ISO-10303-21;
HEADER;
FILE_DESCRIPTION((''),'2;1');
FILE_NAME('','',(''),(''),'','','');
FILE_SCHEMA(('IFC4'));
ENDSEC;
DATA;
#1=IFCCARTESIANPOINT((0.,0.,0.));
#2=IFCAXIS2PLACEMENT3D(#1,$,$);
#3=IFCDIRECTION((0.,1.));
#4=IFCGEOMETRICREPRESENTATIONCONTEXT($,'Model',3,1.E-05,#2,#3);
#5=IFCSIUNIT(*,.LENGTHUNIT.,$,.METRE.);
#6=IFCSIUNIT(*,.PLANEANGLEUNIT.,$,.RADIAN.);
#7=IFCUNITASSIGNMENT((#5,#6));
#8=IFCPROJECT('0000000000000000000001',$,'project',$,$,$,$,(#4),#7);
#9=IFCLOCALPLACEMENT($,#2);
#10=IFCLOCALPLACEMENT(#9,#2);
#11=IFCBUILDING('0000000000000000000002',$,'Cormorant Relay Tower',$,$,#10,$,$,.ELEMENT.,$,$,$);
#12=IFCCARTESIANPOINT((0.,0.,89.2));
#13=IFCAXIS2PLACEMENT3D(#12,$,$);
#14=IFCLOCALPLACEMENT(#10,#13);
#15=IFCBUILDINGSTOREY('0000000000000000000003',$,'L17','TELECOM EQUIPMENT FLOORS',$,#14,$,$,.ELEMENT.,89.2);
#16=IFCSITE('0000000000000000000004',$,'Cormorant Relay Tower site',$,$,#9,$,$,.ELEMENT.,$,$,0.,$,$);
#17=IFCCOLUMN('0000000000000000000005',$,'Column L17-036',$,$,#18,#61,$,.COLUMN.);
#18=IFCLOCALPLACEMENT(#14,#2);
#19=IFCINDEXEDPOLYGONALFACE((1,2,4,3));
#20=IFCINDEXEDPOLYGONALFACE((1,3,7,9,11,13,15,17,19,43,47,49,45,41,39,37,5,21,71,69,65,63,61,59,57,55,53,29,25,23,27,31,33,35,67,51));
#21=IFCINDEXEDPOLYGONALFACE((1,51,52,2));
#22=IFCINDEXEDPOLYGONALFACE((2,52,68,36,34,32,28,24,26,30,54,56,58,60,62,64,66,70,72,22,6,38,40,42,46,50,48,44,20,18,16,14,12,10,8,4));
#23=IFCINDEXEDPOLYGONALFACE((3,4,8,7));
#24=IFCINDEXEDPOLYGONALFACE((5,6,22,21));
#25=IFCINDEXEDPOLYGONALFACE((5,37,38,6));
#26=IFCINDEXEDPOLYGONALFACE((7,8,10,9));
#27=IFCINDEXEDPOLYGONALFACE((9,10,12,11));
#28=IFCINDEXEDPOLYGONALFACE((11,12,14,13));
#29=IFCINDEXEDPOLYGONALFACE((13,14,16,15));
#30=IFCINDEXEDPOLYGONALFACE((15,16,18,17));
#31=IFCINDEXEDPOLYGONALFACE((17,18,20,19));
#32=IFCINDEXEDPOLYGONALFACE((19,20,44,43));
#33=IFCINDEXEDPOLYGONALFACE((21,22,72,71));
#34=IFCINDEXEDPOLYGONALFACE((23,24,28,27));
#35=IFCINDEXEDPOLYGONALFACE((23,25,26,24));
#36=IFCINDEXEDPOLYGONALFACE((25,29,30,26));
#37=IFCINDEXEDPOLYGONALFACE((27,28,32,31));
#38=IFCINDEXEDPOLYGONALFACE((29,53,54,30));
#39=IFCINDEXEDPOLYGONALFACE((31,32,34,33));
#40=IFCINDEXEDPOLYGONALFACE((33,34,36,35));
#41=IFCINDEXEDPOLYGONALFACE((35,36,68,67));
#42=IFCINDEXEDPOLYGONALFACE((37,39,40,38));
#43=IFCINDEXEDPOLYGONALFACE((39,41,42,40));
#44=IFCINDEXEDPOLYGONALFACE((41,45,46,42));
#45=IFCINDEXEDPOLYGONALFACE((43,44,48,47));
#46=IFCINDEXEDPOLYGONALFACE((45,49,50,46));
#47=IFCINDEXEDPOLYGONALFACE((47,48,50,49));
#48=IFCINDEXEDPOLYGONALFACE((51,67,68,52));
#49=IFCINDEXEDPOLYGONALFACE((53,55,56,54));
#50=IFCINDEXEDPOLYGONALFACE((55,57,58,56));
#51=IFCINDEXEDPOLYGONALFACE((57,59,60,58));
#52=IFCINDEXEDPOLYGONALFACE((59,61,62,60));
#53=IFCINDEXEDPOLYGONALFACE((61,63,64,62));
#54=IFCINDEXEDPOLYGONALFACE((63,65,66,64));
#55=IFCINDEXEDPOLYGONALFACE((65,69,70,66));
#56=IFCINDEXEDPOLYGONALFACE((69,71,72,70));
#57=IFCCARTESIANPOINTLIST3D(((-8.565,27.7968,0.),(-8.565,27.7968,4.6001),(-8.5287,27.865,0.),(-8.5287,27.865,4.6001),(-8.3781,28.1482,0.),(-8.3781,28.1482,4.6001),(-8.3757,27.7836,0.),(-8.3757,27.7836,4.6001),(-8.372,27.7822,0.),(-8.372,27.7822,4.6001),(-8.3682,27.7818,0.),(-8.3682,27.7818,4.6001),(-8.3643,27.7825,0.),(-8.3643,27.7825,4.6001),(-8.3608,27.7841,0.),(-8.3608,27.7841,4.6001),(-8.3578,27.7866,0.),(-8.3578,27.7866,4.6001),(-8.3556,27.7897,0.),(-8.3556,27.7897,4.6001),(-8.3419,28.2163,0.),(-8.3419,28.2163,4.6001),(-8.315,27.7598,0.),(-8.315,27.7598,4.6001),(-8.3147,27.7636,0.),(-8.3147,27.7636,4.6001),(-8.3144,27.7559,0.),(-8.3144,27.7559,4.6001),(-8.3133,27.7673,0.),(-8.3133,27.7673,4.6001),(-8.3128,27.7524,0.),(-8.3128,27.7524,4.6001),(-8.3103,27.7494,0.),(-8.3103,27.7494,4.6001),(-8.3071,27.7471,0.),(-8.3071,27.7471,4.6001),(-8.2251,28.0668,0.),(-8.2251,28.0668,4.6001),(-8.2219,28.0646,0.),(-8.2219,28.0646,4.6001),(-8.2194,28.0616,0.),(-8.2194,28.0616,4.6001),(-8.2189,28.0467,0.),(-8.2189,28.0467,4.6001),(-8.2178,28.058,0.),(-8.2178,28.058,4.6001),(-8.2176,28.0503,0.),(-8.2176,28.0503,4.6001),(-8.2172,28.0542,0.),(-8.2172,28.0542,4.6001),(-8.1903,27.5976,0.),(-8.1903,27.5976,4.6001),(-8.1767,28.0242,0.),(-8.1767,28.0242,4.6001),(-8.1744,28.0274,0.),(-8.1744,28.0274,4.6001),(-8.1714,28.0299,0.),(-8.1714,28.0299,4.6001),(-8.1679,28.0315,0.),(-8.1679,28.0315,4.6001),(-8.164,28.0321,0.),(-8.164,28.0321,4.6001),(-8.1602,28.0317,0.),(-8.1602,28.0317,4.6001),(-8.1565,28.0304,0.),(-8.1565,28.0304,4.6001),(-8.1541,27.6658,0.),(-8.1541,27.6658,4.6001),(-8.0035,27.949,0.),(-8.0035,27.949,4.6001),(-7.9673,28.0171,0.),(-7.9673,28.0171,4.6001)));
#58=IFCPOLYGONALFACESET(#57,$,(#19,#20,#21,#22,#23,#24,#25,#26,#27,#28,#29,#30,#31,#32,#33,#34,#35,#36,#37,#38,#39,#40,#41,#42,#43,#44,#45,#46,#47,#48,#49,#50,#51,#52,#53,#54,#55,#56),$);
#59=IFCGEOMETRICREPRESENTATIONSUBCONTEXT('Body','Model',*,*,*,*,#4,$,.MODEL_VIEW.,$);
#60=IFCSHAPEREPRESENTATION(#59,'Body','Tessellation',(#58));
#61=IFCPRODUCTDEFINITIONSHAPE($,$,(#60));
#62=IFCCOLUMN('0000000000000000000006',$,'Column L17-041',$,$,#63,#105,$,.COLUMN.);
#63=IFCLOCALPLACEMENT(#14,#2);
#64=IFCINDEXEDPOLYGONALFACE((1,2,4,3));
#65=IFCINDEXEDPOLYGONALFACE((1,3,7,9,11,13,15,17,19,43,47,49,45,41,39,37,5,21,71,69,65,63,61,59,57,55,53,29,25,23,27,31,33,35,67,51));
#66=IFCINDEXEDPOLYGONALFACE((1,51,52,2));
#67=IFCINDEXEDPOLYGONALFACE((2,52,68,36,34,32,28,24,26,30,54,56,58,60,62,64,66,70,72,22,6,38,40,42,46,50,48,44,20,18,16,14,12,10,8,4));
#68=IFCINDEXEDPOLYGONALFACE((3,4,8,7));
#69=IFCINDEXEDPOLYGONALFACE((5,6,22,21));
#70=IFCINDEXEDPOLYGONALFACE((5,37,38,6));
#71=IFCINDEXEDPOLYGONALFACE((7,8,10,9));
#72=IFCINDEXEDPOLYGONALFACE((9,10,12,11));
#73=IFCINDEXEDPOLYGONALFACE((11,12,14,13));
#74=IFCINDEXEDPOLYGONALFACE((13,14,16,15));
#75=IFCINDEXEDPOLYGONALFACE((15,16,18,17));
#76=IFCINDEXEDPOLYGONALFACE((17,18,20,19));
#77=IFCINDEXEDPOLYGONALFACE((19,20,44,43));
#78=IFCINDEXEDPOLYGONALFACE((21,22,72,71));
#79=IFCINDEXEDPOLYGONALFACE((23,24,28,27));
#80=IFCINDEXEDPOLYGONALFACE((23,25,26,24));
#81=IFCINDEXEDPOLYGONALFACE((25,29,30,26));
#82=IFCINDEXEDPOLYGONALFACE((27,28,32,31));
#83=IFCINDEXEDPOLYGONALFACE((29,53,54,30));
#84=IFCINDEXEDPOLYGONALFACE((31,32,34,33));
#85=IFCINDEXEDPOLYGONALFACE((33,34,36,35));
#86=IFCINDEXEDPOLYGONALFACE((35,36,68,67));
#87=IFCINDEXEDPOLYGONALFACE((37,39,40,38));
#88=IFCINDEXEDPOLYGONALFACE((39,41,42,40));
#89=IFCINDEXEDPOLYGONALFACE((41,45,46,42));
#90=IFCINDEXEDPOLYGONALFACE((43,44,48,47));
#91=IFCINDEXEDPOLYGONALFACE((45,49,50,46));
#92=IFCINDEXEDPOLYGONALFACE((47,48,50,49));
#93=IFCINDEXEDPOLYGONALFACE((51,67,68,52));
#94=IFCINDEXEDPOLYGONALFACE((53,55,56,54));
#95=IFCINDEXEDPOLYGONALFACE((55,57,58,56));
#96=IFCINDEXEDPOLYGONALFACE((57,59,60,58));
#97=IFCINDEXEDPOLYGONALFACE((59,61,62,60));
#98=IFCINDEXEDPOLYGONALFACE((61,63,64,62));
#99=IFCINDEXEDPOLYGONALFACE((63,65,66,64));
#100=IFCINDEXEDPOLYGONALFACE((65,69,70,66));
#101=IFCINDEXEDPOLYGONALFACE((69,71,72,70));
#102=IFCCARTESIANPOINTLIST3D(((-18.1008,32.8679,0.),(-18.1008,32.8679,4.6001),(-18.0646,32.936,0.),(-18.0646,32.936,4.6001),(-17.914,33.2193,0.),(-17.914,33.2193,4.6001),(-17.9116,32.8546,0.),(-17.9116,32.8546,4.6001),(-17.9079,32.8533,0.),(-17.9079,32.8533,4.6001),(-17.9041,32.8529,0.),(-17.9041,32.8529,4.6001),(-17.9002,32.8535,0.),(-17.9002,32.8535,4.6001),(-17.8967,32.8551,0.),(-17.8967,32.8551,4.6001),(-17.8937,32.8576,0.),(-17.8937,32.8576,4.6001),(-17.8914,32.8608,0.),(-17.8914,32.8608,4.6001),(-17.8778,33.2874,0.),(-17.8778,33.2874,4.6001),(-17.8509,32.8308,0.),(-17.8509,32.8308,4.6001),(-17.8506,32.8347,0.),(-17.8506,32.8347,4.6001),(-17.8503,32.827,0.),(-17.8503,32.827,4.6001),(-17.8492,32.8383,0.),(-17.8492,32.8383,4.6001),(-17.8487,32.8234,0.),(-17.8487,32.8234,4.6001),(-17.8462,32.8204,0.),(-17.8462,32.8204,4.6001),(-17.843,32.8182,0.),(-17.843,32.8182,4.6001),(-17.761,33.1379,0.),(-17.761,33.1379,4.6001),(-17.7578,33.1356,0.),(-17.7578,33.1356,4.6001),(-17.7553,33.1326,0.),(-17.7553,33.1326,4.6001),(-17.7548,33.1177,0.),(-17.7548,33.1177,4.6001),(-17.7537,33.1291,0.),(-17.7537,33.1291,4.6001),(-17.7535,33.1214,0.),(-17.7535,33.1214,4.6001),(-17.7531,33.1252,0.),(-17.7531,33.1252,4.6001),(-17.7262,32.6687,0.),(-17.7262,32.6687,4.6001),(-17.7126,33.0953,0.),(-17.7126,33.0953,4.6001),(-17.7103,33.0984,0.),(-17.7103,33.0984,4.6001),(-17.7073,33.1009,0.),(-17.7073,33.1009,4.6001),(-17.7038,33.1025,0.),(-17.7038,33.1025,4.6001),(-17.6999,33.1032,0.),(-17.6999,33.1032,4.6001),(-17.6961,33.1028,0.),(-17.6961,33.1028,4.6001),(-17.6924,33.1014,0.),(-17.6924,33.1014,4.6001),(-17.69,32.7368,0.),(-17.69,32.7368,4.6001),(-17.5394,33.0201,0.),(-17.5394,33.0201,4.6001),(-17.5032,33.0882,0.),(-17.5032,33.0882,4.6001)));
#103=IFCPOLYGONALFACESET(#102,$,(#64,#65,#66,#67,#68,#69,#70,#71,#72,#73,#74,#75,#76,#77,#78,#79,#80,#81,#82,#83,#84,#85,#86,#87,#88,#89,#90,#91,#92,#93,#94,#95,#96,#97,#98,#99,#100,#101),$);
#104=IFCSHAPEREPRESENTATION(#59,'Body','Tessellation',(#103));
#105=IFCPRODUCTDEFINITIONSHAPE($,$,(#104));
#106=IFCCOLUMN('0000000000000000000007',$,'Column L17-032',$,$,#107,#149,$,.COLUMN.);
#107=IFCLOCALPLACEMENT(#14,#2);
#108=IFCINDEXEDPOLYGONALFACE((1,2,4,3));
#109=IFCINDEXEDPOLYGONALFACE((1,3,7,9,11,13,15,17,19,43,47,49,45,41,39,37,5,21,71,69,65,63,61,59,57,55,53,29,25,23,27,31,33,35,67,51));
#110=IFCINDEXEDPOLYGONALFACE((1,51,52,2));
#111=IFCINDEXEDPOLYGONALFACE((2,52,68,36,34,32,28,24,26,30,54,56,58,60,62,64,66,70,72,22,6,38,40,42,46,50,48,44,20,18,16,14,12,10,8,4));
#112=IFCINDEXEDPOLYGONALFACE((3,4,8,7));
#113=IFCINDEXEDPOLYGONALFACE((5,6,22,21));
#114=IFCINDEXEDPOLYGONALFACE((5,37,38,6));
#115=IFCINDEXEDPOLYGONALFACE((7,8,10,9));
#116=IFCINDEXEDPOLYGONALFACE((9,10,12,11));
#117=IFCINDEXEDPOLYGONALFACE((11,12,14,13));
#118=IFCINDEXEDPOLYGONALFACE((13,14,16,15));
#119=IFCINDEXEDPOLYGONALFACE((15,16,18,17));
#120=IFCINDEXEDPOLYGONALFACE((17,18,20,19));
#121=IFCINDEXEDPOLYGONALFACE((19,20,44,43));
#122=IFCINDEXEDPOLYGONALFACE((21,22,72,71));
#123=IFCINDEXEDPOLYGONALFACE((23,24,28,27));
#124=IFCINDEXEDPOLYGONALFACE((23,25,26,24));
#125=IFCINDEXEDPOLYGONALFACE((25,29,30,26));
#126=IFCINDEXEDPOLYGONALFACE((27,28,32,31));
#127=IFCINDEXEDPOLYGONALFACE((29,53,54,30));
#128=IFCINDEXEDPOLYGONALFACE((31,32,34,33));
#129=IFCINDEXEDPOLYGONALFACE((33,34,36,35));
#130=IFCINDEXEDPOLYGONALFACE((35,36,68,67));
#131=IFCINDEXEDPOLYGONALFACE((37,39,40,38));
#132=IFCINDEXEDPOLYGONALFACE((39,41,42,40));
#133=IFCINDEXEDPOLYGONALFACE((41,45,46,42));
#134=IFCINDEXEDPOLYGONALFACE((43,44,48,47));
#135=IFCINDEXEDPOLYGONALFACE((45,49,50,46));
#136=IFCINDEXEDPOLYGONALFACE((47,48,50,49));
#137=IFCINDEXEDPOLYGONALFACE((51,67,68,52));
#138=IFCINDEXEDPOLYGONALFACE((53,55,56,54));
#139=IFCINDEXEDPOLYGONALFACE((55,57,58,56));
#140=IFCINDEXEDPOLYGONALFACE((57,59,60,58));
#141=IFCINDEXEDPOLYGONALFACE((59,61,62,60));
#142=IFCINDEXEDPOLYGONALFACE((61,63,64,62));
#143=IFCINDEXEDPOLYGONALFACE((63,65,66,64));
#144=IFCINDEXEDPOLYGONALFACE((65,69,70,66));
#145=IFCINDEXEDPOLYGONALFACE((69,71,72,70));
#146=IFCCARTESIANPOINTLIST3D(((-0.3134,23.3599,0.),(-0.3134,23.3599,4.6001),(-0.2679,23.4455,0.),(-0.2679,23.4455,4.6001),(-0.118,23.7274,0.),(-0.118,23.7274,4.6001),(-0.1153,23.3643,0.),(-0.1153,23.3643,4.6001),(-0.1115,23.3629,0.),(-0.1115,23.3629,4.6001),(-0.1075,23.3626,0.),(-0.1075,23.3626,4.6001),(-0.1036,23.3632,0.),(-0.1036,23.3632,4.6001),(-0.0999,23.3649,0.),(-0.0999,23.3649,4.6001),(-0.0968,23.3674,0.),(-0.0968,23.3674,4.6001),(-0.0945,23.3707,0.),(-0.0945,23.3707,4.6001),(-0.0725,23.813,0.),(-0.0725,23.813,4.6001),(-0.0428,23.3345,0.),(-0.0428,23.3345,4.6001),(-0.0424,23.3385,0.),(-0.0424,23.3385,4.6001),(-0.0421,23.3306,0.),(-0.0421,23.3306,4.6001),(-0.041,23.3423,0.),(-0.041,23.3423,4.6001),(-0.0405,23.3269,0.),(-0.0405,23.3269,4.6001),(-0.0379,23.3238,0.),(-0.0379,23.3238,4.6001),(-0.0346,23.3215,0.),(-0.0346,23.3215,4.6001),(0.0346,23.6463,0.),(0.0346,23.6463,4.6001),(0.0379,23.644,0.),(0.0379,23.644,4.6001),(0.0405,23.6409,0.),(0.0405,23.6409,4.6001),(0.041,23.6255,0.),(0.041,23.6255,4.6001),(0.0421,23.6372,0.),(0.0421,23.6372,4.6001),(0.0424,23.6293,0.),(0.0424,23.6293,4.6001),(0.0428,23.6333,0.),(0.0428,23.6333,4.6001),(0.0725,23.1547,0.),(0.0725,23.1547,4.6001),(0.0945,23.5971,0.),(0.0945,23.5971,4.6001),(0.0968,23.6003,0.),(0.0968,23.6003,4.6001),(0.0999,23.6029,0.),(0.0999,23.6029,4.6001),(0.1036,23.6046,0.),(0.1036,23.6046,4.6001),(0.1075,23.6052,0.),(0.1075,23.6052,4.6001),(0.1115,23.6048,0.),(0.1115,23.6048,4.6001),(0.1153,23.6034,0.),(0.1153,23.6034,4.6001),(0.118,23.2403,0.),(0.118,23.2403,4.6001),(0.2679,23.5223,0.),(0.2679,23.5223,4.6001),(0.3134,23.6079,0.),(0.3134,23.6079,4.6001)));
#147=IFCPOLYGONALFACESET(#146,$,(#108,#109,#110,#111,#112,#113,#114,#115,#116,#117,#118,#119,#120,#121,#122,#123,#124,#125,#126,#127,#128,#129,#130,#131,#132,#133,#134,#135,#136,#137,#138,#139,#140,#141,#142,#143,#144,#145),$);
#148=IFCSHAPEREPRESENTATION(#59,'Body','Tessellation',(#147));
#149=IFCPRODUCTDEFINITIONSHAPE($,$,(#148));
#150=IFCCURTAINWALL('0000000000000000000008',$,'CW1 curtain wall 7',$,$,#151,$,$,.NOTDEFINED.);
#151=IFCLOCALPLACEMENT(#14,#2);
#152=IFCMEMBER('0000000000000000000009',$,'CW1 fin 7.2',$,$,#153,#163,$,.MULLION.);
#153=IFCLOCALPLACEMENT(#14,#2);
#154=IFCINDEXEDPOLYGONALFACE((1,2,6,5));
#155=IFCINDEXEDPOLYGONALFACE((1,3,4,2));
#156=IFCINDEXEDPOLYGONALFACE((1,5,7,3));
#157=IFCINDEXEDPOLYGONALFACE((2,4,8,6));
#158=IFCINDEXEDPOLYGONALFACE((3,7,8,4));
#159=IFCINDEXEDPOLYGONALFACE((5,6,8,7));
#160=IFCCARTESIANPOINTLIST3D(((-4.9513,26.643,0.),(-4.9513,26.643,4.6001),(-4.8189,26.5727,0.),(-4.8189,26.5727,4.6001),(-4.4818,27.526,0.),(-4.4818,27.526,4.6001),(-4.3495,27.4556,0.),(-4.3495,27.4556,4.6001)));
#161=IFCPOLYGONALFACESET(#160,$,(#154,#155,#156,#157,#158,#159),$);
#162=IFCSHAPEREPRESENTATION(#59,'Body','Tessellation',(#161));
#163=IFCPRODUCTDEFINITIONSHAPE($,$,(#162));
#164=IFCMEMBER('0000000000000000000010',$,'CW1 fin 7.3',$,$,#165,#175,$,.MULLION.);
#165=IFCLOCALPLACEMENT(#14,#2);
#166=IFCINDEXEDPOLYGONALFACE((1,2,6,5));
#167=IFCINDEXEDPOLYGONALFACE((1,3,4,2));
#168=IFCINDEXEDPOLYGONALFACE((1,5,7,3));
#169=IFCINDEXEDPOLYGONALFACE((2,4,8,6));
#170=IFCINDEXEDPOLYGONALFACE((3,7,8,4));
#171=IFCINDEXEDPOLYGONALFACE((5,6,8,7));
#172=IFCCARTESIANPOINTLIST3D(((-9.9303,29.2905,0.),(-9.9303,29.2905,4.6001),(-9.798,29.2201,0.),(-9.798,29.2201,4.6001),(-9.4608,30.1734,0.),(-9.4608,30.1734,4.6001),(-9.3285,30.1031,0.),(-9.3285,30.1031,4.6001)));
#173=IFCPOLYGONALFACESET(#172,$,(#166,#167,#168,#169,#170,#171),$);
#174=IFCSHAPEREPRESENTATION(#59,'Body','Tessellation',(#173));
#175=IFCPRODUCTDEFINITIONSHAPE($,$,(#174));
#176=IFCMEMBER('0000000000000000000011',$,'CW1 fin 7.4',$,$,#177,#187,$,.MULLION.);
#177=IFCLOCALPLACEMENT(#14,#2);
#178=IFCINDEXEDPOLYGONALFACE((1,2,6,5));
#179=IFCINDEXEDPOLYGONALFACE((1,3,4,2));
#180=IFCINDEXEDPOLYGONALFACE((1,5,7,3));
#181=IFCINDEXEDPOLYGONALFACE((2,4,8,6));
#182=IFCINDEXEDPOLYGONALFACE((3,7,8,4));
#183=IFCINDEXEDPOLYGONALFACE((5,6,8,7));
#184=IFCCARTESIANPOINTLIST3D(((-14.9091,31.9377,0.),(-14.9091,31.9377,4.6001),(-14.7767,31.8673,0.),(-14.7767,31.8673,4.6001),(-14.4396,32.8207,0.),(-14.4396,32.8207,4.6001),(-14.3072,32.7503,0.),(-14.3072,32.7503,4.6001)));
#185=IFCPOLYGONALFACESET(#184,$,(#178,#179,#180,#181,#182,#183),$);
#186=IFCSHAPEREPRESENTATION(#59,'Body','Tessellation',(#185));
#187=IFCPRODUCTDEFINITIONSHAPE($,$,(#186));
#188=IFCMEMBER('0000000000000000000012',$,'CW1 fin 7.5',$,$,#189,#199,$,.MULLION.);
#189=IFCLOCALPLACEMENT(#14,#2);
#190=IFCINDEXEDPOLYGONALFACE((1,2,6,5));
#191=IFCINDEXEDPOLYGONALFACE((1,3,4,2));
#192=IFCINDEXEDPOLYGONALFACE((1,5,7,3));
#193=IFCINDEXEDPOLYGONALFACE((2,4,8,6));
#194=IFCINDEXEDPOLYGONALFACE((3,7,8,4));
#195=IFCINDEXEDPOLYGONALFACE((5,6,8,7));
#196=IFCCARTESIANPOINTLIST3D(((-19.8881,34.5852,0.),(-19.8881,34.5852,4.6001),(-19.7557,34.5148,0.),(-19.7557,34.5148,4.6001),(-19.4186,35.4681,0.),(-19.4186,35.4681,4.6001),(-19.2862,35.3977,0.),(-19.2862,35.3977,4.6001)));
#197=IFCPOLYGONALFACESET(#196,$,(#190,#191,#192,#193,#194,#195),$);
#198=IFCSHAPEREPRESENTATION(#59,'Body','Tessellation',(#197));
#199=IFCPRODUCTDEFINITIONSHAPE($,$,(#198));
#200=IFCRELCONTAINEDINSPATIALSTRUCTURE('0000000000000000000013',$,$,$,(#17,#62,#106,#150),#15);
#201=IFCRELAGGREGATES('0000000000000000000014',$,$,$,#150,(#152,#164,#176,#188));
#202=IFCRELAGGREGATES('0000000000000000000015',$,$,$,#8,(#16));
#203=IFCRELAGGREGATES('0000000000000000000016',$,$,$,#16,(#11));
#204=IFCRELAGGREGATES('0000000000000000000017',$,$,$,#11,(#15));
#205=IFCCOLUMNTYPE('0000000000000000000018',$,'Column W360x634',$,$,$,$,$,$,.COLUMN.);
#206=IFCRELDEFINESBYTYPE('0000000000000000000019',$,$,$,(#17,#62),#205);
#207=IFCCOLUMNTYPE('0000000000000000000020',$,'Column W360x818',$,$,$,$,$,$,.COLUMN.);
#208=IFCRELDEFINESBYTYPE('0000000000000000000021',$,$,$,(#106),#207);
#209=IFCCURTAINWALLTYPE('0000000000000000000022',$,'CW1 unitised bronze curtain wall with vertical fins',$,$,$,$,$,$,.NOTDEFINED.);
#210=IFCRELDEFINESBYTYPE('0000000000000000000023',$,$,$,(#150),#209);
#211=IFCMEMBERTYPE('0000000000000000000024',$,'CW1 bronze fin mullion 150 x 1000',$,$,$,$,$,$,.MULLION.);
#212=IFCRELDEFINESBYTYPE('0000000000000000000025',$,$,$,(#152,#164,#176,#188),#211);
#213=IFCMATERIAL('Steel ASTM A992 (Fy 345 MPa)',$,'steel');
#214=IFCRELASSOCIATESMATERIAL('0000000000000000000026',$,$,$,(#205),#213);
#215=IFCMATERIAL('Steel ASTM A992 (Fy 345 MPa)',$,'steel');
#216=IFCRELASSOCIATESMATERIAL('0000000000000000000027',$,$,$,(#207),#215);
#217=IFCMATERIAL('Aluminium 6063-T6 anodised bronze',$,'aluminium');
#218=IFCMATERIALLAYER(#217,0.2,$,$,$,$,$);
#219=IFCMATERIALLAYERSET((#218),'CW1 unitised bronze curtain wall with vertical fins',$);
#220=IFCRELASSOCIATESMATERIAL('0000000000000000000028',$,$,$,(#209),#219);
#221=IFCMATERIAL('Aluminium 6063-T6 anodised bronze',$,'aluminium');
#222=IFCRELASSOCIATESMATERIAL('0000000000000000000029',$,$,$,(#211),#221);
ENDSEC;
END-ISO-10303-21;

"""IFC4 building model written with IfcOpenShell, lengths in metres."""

from ifc_helpers import new_model, si_unit, direction, frame, origin, origin_2d, place, context, subcontext, project, spatial, rectangle, i_section, extrude, material, layer, layer_set, material_profile, profile_set, type_object, element, aggregate, save


model = new_model("IFC4")

# Units and contexts
model_context = context("Model", 3, precision=1e-05, world=origin(), true_north=direction((0.0, 1.0)))
body_context = subcontext(model_context, "Body", "Model", "MODEL_VIEW")
ifc_project = project(units=[si_unit("LENGTHUNIT", "METRE"), si_unit("PLANEANGLEUNIT", "RADIAN")], contexts=[model_context])

# Site, building, storey
site_placement = place(None, origin())
site = spatial("IfcSite", under=ifc_project, at=site_placement, Name="Cormorant Relay Tower site", CompositionType="ELEMENT", RefElevation=0.0)
building_placement = place(site_placement, origin())
building = spatial("IfcBuilding", under=site, at=building_placement, Name="Cormorant Relay Tower", CompositionType="ELEMENT")
storey_placement = place(building_placement, frame((0.0, 0.0, 89.2)))
storey = spatial("IfcBuildingStorey", under=building, at=storey_placement, Name="L17", Description="TELECOM EQUIPMENT FLOORS", CompositionType="ELEMENT", Elevation=89.2)

# Columns
ifc_material_1 = material(Name="Steel ASTM A992 (Fy 345 MPa)", Category="steel")
ifc_material_profile_1 = material_profile(ifc_material_1, i_section(OverallWidth=0.4243, OverallDepth=0.4751, WebThickness=0.0479, FlangeThickness=0.0771, FilletRadius=0.0149, at=origin_2d()), Name="W360x634")
ifc_profile_set_1 = profile_set([ifc_material_profile_1], Name="Steel ASTM A992 (Fy 345 MPa)")
column_type_1 = type_object("IfcColumnType", Name="Column W360x634", PredefinedType="COLUMN", material=ifc_profile_set_1)
for number, where, z_axis, x_axis, name in (
    (1, (-8.2661, 27.907, 0.0), (0.0, 0.0, 1.0), (-0.882948, 0.469472, 0.0), "Column L17-036"),
    (2, (-17.802, 32.978, 0.0), (0.0, 0.0, 1.0), (-0.882948, 0.469472, 0.0), "Column L17-041"),
):
    element("IfcColumn", number, at=place(storey_placement, frame(where, z_axis=z_axis, x_axis=x_axis)), inside=storey, type_object=column_type_1, Name=name, PredefinedType="COLUMN", context=body_context, shape_type="SweptSolid", body=[
        extrude(i_section(OverallWidth=0.4243, OverallDepth=0.4751, WebThickness=0.0479, FlangeThickness=0.0771, FilletRadius=0.0149, at=origin_2d()), origin(), (0.0, 0.0, 1.0), 4.6001),
    ])
ifc_material_2 = material(Name="Steel ASTM A992 (Fy 345 MPa)", Category="steel")
ifc_material_profile_2 = material_profile(ifc_material_2, i_section(OverallWidth=0.437, OverallDepth=0.5132, WebThickness=0.0605, FlangeThickness=0.0969, FilletRadius=0.0154, at=origin_2d()), Name="W360x818")
ifc_profile_set_2 = profile_set([ifc_material_profile_2], Name="Steel ASTM A992 (Fy 345 MPa)")
column_type_2 = type_object("IfcColumnType", Name="Column W360x818", PredefinedType="COLUMN", material=ifc_profile_set_2)
column_placement = place(storey_placement, frame((0.0, 23.4839, 0.0), z_axis=(0.0, 0.0, 1.0), x_axis=(-0.882948, 0.469472, 0.0)))
element("IfcColumn", 3, at=column_placement, inside=storey, type_object=column_type_2, Name="Column L17-032", PredefinedType="COLUMN", context=body_context, shape_type="SweptSolid", body=[
    extrude(i_section(OverallWidth=0.437, OverallDepth=0.5132, WebThickness=0.0605, FlangeThickness=0.0969, FilletRadius=0.0154, at=origin_2d()), origin(), (0.0, 0.0, 1.0), 4.6001),
])

# Curtain wall, members
ifc_material_3 = material(Name="Aluminium 6063-T6 anodised bronze", Category="aluminium")
ifc_layer_1 = layer(ifc_material_3, 0.2)
ifc_layer_set_1 = layer_set([ifc_layer_1], Name="CW1 unitised bronze curtain wall with vertical fins")
curtain_wall_type = type_object("IfcCurtainWallType", Name="CW1 unitised bronze curtain wall with vertical fins", PredefinedType="NOTDEFINED", material=ifc_layer_set_1)
curtain_wall_placement = place(storey_placement, origin())
curtain_wall = element("IfcCurtainWall", 4, at=curtain_wall_placement, inside=storey, type_object=curtain_wall_type, Name="CW1 curtain wall 7", PredefinedType="NOTDEFINED")
ifc_material_4 = material(Name="Aluminium 6063-T6 anodised bronze", Category="aluminium")
ifc_material_profile_3 = material_profile(ifc_material_4, rectangle(XDim=0.1499, YDim=1.0, at=origin_2d()), Name="AL 150x1000")
ifc_profile_set_3 = profile_set([ifc_material_profile_3], Name="Aluminium 6063-T6 anodised bronze")
member_type = type_object("IfcMemberType", Name="CW1 bronze fin mullion 150 x 1000", PredefinedType="MULLION", material=ifc_profile_set_3)
member_1_placement = place(storey_placement, frame((-4.6504, 27.0493, 0.0), z_axis=(0.0, 0.0, 1.0), x_axis=(-0.882948, 0.469472, 0.0)))
member_1 = element("IfcMember", 5, at=member_1_placement, type_object=member_type, Name="CW1 fin 7.2", PredefinedType="MULLION", context=body_context, shape_type="SweptSolid", body=[
    extrude(rectangle(XDim=0.1499, YDim=1.0, at=origin_2d()), origin(), (0.0, 0.0, 1.0), 4.6001),
])
member_2_placement = place(storey_placement, frame((-9.6294, 29.6968, 0.0), z_axis=(0.0, 0.0, 1.0), x_axis=(-0.882948, 0.469472, 0.0)))
member_2 = element("IfcMember", 6, at=member_2_placement, type_object=member_type, Name="CW1 fin 7.3", PredefinedType="MULLION", context=body_context, shape_type="SweptSolid", body=[
    extrude(rectangle(XDim=0.1499, YDim=1.0, at=origin_2d()), origin(), (0.0, 0.0, 1.0), 4.6001),
])
member_3_placement = place(storey_placement, frame((-14.6082, 32.344, 0.0), z_axis=(0.0, 0.0, 1.0), x_axis=(-0.882948, 0.469472, 0.0)))
member_3 = element("IfcMember", 7, at=member_3_placement, type_object=member_type, Name="CW1 fin 7.4", PredefinedType="MULLION", context=body_context, shape_type="SweptSolid", body=[
    extrude(rectangle(XDim=0.1499, YDim=1.0, at=origin_2d()), origin(), (0.0, 0.0, 1.0), 4.6001),
])
member_4_placement = place(storey_placement, frame((-19.5872, 34.9915, 0.0), z_axis=(0.0, 0.0, 1.0), x_axis=(-0.882948, 0.469472, 0.0)))
member_4 = element("IfcMember", 8, at=member_4_placement, type_object=member_type, Name="CW1 fin 7.5", PredefinedType="MULLION", context=body_context, shape_type="SweptSolid", body=[
    extrude(rectangle(XDim=0.1499, YDim=1.0, at=origin_2d()), origin(), (0.0, 0.0, 1.0), 4.6001),
])

aggregate(curtain_wall, [member_1, member_2, member_3, member_4])

save(model, "model.ifc")
